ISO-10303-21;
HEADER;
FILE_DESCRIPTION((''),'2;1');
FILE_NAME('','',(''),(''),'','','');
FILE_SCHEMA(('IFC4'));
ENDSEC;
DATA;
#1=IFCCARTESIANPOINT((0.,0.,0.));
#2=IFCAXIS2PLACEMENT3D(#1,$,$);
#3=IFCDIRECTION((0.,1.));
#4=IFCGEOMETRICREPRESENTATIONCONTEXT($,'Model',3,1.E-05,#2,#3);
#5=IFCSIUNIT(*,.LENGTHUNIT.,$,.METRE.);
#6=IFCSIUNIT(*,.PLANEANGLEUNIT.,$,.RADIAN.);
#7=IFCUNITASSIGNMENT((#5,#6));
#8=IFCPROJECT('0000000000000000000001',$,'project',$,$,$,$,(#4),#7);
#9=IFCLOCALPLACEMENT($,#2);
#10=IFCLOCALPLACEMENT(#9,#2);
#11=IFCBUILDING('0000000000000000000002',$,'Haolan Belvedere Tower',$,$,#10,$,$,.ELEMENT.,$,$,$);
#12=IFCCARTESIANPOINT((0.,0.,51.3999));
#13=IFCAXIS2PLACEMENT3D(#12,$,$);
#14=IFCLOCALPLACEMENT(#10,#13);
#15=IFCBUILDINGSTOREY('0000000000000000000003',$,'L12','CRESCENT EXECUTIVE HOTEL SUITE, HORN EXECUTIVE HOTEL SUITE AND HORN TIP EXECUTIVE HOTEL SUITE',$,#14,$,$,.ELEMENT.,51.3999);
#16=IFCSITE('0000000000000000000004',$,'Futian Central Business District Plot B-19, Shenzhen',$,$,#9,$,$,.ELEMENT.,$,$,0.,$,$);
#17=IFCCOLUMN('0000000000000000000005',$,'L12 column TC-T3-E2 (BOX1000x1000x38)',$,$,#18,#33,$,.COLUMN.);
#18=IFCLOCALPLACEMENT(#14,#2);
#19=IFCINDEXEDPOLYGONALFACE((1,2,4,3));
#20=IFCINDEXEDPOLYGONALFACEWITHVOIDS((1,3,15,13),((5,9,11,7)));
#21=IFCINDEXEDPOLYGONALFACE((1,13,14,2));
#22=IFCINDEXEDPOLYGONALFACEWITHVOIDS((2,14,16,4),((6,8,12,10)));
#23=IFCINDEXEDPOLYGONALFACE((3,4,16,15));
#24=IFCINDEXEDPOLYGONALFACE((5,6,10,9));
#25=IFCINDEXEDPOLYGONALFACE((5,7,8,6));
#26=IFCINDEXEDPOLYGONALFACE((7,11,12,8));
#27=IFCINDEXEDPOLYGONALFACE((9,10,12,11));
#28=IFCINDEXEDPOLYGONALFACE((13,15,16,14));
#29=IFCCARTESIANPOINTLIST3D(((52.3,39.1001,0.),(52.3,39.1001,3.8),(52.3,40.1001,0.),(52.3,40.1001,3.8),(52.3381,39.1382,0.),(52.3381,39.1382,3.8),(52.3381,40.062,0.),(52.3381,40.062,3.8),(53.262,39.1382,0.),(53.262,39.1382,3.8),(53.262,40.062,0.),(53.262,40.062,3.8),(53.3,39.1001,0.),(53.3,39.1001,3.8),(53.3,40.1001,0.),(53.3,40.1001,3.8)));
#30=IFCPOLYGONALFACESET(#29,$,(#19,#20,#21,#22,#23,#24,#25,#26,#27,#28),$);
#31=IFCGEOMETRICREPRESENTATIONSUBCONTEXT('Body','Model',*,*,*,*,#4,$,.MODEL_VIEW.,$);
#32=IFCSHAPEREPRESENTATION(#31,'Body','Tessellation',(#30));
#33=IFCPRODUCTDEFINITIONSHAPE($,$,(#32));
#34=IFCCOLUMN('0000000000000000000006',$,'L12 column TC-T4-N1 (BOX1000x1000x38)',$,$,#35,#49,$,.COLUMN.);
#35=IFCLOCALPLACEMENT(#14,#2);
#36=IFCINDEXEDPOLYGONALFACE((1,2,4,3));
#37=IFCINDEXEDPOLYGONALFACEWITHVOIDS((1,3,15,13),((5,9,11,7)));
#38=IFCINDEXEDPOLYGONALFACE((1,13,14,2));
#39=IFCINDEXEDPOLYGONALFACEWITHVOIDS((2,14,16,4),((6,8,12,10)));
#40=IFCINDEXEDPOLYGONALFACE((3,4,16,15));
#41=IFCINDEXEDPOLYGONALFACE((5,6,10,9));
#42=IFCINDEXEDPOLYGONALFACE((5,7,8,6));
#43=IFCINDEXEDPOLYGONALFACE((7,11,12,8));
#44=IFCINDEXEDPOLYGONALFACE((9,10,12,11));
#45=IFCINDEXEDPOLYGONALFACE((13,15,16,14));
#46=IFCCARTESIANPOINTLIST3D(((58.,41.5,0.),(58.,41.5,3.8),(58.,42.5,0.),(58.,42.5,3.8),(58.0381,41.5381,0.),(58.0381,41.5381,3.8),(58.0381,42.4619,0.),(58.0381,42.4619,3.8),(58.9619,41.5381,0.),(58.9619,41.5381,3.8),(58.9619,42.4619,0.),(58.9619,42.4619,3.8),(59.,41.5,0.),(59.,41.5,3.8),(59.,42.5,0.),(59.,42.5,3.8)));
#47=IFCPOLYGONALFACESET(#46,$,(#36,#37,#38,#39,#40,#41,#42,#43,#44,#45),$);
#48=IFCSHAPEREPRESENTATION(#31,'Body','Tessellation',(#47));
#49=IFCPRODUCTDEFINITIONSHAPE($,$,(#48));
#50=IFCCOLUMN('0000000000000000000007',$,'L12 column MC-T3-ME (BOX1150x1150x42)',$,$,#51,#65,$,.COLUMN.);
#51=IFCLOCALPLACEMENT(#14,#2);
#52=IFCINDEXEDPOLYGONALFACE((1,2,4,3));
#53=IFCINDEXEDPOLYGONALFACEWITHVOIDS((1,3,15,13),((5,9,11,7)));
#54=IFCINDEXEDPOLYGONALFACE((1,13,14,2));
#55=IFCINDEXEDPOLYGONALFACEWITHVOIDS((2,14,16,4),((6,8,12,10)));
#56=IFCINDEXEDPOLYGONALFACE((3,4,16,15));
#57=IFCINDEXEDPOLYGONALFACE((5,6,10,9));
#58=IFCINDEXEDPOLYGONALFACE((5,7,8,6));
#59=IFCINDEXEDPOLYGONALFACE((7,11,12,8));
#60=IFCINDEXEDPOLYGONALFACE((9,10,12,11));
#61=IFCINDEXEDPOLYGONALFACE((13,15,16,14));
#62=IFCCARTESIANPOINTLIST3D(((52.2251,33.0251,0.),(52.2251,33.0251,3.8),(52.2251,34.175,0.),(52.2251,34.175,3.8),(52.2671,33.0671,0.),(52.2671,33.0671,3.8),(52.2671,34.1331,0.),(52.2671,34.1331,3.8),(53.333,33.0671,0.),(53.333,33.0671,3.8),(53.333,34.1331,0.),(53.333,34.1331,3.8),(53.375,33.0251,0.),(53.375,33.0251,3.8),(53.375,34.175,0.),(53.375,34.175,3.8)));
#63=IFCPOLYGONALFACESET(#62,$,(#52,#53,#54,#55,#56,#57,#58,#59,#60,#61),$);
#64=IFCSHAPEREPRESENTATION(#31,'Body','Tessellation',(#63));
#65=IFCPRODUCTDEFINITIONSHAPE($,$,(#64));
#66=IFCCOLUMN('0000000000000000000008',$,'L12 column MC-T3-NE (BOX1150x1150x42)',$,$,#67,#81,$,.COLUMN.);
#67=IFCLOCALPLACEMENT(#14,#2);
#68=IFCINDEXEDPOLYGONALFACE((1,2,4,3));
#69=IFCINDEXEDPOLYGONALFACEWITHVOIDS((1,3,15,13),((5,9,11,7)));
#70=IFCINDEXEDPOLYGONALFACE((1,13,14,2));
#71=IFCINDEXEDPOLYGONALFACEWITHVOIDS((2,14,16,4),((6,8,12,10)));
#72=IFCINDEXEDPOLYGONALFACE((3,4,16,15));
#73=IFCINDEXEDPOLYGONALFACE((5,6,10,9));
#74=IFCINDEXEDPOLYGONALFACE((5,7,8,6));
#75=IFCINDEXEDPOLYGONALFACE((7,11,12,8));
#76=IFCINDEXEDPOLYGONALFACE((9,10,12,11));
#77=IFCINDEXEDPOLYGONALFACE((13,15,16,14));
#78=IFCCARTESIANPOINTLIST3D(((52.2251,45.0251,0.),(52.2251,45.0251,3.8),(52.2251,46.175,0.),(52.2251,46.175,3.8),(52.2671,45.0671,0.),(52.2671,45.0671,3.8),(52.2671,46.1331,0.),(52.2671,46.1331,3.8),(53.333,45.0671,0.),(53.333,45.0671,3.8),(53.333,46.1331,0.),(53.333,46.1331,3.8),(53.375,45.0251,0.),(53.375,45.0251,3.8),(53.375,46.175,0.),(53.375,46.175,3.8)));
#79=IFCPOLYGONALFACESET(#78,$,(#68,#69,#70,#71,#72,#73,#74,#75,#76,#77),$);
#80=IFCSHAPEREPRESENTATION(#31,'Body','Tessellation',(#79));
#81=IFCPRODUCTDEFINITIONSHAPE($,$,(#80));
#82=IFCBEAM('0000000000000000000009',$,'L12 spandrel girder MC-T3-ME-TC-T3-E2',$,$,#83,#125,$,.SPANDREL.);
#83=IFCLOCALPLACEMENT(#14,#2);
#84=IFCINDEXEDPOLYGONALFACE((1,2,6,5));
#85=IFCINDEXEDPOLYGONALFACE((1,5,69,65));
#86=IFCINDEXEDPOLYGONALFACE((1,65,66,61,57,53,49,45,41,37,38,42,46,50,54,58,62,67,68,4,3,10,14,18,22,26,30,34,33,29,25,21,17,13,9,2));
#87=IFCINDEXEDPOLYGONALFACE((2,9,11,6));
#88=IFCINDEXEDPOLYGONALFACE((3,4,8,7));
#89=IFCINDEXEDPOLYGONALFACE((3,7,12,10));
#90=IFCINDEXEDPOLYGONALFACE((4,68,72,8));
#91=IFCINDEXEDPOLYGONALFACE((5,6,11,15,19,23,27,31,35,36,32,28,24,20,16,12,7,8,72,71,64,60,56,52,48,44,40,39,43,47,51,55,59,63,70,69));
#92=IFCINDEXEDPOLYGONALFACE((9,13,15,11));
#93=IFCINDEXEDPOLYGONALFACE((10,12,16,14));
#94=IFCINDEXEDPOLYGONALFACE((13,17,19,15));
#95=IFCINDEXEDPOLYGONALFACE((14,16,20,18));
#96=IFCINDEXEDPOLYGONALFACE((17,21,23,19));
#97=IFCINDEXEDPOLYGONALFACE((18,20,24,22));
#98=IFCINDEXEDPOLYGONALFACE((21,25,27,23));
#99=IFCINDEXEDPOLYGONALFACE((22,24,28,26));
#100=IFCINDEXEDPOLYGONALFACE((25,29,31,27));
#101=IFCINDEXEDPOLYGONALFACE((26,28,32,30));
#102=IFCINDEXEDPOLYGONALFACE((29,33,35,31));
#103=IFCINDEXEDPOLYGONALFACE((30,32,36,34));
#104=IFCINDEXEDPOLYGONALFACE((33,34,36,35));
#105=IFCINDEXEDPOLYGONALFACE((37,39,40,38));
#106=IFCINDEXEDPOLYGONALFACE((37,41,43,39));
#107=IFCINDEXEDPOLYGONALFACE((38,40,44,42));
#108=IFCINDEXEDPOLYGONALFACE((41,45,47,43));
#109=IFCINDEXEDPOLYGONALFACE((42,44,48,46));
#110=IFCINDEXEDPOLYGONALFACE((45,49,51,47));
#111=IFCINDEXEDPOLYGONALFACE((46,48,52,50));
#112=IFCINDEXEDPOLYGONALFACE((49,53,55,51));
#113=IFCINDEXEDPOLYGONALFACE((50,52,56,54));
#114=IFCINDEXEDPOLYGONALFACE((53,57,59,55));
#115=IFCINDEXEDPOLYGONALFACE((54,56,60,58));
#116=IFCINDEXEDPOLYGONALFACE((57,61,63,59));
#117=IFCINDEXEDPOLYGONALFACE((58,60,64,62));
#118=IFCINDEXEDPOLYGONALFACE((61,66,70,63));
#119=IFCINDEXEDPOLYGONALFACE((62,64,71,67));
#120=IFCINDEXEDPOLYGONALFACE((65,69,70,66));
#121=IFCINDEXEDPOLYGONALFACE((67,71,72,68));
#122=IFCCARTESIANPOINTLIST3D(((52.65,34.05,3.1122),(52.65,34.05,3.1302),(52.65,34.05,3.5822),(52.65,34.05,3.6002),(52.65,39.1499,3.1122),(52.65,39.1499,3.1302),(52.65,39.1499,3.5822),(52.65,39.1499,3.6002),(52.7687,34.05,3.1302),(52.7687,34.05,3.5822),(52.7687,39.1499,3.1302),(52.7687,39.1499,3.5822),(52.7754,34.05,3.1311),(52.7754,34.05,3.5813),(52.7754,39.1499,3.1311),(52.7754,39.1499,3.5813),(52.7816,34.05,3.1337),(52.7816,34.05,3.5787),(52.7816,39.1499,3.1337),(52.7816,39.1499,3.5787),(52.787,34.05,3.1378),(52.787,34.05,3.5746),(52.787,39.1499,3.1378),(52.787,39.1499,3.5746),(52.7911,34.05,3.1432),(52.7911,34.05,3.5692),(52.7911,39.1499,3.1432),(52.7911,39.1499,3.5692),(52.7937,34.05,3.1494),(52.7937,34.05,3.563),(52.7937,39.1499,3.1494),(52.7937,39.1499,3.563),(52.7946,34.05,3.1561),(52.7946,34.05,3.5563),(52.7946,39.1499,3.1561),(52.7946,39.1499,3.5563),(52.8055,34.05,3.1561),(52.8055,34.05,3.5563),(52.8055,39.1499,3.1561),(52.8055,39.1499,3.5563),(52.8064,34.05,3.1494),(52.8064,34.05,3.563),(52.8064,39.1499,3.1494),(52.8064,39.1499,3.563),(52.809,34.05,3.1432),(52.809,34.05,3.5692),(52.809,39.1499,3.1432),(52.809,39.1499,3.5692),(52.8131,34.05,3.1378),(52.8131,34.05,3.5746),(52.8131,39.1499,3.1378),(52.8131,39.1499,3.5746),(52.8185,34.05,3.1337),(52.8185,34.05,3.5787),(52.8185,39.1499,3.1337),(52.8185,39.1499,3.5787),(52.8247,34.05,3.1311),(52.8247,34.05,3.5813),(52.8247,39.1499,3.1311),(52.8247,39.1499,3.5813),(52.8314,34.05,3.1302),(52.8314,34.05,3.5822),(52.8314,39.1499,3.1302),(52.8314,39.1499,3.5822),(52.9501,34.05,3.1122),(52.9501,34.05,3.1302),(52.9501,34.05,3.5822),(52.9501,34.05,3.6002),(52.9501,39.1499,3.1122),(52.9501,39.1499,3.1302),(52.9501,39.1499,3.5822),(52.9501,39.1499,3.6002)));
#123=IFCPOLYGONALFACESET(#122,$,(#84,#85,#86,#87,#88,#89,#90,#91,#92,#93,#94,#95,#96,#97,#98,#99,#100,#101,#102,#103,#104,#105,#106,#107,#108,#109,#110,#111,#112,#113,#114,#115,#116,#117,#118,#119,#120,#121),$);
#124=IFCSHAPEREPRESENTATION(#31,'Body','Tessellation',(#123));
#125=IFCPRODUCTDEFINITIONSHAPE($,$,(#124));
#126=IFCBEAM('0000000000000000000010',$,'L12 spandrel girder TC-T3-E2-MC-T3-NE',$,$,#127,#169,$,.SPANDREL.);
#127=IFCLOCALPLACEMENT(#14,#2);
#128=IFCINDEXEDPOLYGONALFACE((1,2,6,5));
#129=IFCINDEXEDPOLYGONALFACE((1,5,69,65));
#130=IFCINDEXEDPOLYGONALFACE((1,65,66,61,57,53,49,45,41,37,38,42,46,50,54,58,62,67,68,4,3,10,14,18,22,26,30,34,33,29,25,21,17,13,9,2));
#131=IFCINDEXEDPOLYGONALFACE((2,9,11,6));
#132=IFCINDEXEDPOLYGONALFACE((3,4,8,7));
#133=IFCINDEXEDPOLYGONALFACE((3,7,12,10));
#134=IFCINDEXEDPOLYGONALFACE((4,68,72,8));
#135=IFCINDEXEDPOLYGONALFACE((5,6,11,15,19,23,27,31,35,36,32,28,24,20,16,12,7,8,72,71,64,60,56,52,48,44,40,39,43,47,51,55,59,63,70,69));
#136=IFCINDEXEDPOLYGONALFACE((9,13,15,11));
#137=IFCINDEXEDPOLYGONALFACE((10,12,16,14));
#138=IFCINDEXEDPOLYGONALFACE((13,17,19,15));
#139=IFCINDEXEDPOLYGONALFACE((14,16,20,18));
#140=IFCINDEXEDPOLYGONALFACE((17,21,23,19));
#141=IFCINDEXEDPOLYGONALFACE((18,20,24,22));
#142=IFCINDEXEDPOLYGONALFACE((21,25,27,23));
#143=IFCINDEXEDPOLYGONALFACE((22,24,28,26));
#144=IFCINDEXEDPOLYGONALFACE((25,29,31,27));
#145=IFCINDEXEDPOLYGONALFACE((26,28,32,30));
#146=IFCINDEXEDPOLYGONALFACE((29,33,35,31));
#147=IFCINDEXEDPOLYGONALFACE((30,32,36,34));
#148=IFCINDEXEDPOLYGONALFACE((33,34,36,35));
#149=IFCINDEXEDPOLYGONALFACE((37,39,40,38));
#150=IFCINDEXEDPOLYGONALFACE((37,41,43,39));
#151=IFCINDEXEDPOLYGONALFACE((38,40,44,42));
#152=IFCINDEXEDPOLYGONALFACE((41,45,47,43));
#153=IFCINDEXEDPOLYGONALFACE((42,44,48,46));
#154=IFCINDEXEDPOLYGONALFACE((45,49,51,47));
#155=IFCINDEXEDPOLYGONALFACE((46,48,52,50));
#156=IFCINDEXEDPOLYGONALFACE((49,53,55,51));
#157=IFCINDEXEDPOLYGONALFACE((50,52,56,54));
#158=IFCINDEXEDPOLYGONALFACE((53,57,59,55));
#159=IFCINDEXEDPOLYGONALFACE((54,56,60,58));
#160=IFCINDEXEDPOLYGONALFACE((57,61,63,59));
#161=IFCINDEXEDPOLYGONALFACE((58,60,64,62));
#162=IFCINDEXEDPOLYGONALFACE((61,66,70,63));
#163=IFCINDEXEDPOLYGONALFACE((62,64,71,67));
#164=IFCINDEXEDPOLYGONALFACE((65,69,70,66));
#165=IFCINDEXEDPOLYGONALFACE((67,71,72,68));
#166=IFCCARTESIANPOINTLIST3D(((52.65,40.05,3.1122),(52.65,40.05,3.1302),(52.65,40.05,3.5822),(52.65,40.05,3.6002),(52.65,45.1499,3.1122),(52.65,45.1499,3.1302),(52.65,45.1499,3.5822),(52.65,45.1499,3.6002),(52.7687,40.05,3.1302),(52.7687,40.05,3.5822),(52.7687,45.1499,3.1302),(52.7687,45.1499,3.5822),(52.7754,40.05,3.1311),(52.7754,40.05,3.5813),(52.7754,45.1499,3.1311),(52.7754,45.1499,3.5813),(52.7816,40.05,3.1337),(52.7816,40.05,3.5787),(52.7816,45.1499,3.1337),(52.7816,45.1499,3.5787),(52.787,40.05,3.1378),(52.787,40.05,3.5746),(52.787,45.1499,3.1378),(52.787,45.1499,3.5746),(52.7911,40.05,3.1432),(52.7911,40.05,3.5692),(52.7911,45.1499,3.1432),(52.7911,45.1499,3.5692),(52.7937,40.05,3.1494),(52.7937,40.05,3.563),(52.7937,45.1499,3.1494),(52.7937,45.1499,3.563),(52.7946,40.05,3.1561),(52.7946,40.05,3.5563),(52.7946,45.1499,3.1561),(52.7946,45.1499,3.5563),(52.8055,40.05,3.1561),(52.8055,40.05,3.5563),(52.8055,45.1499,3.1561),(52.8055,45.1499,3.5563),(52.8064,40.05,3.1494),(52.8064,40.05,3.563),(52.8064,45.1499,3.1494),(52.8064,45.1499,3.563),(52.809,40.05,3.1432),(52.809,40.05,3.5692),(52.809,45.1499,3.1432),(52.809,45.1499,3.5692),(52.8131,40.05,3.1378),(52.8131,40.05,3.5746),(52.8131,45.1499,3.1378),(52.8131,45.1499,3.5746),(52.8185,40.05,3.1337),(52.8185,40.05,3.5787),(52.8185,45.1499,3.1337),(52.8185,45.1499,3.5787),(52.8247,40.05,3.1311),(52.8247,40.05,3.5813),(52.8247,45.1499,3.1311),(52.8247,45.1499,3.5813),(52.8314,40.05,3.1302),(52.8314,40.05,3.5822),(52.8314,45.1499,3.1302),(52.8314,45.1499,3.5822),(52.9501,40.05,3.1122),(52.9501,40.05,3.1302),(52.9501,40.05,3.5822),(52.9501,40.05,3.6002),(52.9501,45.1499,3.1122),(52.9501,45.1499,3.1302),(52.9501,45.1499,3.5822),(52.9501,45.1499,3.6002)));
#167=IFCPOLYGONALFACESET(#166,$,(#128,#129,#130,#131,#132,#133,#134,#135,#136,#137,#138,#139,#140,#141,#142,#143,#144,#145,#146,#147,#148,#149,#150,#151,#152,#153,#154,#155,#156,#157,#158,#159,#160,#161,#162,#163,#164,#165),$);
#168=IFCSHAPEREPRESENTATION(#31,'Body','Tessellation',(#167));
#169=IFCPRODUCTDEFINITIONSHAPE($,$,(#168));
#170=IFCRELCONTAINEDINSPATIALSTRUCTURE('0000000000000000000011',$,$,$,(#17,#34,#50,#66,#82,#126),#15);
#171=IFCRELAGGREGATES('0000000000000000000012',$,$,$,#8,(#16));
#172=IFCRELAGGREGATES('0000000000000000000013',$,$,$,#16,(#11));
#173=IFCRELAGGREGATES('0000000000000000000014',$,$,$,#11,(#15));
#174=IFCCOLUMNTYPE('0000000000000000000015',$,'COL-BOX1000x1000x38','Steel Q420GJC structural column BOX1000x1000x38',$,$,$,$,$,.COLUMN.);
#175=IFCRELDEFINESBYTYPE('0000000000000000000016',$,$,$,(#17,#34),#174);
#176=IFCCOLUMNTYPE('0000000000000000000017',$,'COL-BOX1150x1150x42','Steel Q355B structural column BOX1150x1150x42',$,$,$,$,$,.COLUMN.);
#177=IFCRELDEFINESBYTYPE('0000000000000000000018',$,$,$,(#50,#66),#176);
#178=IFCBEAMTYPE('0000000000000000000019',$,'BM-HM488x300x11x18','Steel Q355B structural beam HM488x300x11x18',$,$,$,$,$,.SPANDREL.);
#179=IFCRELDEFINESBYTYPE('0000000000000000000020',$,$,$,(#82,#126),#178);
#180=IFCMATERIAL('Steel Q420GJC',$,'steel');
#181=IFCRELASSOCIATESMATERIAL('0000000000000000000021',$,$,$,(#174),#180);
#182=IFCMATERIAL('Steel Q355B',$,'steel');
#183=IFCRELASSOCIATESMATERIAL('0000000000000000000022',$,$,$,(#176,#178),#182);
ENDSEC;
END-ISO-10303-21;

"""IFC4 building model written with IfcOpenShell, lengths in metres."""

from ifc_helpers import new_model, si_unit, direction, frame, origin, origin_2d, place, context, subcontext, project, spatial, hollow_rectangle, i_section, extrude, material, material_profile, profile_set, type_object, element, save


model = new_model("IFC4")

# Units and contexts
model_context = context("Model", 3, precision=1e-05, world=origin(), true_north=direction((0.0, 1.0)))
body_context = subcontext(model_context, "Body", "Model", "MODEL_VIEW")
ifc_project = project(units=[si_unit("LENGTHUNIT", "METRE"), si_unit("PLANEANGLEUNIT", "RADIAN")], contexts=[model_context])

# Site, building, storey
site_placement = place(None, origin())
site = spatial("IfcSite", under=ifc_project, at=site_placement, Name="Futian Central Business District Plot B-19, Shenzhen", CompositionType="ELEMENT", RefElevation=0.0)
building_placement = place(site_placement, origin())
building = spatial("IfcBuilding", under=site, at=building_placement, Name="Haolan Belvedere Tower", CompositionType="ELEMENT")
storey_placement = place(building_placement, frame((0.0, 0.0, 51.3999)))
storey = spatial("IfcBuildingStorey", under=building, at=storey_placement, Name="L12", Description="CRESCENT EXECUTIVE HOTEL SUITE, HORN EXECUTIVE HOTEL SUITE AND HORN TIP EXECUTIVE HOTEL SUITE", CompositionType="ELEMENT", Elevation=51.3999)

# Columns
ifc_material_1 = material(Name="Steel Q420GJC", Category="steel")
ifc_material_profile_1 = material_profile(ifc_material_1, hollow_rectangle(XDim=1.0, YDim=1.0, WallThickness=0.0381, at=origin_2d()), Name="Steel Q420GJC")
ifc_profile_set_1 = profile_set([ifc_material_profile_1], Name="Steel Q420GJC")
column_type_1 = type_object("IfcColumnType", Name="COL-BOX1000x1000x38", Description="Steel Q420GJC structural column BOX1000x1000x38", PredefinedType="COLUMN", material=ifc_profile_set_1)
for number, where, z_axis, x_axis, name in (
    (1, (52.8, 39.6001, 0.0), (0.0, 0.0, 1.0), (1.0, 0.0, 0.0), "L12 column TC-T3-E2 (BOX1000x1000x38)"),
    (2, (58.5, 42.0, 0.0), (0.0, 0.0, 1.0), (1.0, 0.0, 0.0), "L12 column TC-T4-N1 (BOX1000x1000x38)"),
):
    element("IfcColumn", number, at=place(storey_placement, frame(where, z_axis=z_axis, x_axis=x_axis)), inside=storey, type_object=column_type_1, Name=name, PredefinedType="COLUMN", context=body_context, shape_type="SweptSolid", body=[
        extrude(hollow_rectangle(XDim=1.0, YDim=1.0, WallThickness=0.0381, at=origin_2d()), origin(), (0.0, 0.0, 1.0), 3.8),
    ])
ifc_material_2 = material(Name="Steel Q355B", Category="steel")
ifc_material_profile_2 = material_profile(ifc_material_2, hollow_rectangle(XDim=1.1499, YDim=1.1499, WallThickness=0.042, at=origin_2d()), Name="Steel Q355B")
ifc_profile_set_2 = profile_set([ifc_material_profile_2], Name="Steel Q355B")
column_type_2 = type_object("IfcColumnType", Name="COL-BOX1150x1150x42", Description="Steel Q355B structural column BOX1150x1150x42", PredefinedType="COLUMN", material=ifc_profile_set_2)
for number, where, z_axis, x_axis, name in (
    (3, (52.8, 33.6001, 0.0), (0.0, 0.0, 1.0), (1.0, 0.0, 0.0), "L12 column MC-T3-ME (BOX1150x1150x42)"),
    (4, (52.8, 45.6001, 0.0), (0.0, 0.0, 1.0), (1.0, 0.0, 0.0), "L12 column MC-T3-NE (BOX1150x1150x42)"),
):
    element("IfcColumn", number, at=place(storey_placement, frame(where, z_axis=z_axis, x_axis=x_axis)), inside=storey, type_object=column_type_2, Name=name, PredefinedType="COLUMN", context=body_context, shape_type="SweptSolid", body=[
        extrude(hollow_rectangle(XDim=1.1499, YDim=1.1499, WallThickness=0.042, at=origin_2d()), origin(), (0.0, 0.0, 1.0), 3.8),
    ])

# Beams
ifc_material_profile_3 = material_profile(ifc_material_2, i_section(OverallWidth=0.3, OverallDepth=0.488, WebThickness=0.011, FlangeThickness=0.0181, FilletRadius=0.0259, at=origin_2d()), Name="Steel Q355B")
ifc_profile_set_3 = profile_set([ifc_material_profile_3], Name="Steel Q355B")
beam_type = type_object("IfcBeamType", Name="BM-HM488x300x11x18", Description="Steel Q355B structural beam HM488x300x11x18", PredefinedType="SPANDREL", material=ifc_profile_set_3)
for number, where, z_axis, x_axis, name in (
    (5, (52.8, 34.05, 3.3562), (0.0, 1.0, 0.0), (-1.0, 0.0, 0.0), "L12 spandrel girder MC-T3-ME-TC-T3-E2"),
    (6, (52.8, 40.05, 3.3562), (0.0, 1.0, 0.0), (-1.0, 0.0, 0.0), "L12 spandrel girder TC-T3-E2-MC-T3-NE"),
):
    element("IfcBeam", number, at=place(storey_placement, frame(where, z_axis=z_axis, x_axis=x_axis)), inside=storey, type_object=beam_type, Name=name, PredefinedType="SPANDREL", context=body_context, shape_type="SweptSolid", body=[
        extrude(i_section(OverallWidth=0.3, OverallDepth=0.488, WebThickness=0.011, FlangeThickness=0.0181, FilletRadius=0.0259, at=origin_2d()), origin(), (0.0, 0.0, 1.0), 5.0999),
    ])

save(model, "model.ifc")
